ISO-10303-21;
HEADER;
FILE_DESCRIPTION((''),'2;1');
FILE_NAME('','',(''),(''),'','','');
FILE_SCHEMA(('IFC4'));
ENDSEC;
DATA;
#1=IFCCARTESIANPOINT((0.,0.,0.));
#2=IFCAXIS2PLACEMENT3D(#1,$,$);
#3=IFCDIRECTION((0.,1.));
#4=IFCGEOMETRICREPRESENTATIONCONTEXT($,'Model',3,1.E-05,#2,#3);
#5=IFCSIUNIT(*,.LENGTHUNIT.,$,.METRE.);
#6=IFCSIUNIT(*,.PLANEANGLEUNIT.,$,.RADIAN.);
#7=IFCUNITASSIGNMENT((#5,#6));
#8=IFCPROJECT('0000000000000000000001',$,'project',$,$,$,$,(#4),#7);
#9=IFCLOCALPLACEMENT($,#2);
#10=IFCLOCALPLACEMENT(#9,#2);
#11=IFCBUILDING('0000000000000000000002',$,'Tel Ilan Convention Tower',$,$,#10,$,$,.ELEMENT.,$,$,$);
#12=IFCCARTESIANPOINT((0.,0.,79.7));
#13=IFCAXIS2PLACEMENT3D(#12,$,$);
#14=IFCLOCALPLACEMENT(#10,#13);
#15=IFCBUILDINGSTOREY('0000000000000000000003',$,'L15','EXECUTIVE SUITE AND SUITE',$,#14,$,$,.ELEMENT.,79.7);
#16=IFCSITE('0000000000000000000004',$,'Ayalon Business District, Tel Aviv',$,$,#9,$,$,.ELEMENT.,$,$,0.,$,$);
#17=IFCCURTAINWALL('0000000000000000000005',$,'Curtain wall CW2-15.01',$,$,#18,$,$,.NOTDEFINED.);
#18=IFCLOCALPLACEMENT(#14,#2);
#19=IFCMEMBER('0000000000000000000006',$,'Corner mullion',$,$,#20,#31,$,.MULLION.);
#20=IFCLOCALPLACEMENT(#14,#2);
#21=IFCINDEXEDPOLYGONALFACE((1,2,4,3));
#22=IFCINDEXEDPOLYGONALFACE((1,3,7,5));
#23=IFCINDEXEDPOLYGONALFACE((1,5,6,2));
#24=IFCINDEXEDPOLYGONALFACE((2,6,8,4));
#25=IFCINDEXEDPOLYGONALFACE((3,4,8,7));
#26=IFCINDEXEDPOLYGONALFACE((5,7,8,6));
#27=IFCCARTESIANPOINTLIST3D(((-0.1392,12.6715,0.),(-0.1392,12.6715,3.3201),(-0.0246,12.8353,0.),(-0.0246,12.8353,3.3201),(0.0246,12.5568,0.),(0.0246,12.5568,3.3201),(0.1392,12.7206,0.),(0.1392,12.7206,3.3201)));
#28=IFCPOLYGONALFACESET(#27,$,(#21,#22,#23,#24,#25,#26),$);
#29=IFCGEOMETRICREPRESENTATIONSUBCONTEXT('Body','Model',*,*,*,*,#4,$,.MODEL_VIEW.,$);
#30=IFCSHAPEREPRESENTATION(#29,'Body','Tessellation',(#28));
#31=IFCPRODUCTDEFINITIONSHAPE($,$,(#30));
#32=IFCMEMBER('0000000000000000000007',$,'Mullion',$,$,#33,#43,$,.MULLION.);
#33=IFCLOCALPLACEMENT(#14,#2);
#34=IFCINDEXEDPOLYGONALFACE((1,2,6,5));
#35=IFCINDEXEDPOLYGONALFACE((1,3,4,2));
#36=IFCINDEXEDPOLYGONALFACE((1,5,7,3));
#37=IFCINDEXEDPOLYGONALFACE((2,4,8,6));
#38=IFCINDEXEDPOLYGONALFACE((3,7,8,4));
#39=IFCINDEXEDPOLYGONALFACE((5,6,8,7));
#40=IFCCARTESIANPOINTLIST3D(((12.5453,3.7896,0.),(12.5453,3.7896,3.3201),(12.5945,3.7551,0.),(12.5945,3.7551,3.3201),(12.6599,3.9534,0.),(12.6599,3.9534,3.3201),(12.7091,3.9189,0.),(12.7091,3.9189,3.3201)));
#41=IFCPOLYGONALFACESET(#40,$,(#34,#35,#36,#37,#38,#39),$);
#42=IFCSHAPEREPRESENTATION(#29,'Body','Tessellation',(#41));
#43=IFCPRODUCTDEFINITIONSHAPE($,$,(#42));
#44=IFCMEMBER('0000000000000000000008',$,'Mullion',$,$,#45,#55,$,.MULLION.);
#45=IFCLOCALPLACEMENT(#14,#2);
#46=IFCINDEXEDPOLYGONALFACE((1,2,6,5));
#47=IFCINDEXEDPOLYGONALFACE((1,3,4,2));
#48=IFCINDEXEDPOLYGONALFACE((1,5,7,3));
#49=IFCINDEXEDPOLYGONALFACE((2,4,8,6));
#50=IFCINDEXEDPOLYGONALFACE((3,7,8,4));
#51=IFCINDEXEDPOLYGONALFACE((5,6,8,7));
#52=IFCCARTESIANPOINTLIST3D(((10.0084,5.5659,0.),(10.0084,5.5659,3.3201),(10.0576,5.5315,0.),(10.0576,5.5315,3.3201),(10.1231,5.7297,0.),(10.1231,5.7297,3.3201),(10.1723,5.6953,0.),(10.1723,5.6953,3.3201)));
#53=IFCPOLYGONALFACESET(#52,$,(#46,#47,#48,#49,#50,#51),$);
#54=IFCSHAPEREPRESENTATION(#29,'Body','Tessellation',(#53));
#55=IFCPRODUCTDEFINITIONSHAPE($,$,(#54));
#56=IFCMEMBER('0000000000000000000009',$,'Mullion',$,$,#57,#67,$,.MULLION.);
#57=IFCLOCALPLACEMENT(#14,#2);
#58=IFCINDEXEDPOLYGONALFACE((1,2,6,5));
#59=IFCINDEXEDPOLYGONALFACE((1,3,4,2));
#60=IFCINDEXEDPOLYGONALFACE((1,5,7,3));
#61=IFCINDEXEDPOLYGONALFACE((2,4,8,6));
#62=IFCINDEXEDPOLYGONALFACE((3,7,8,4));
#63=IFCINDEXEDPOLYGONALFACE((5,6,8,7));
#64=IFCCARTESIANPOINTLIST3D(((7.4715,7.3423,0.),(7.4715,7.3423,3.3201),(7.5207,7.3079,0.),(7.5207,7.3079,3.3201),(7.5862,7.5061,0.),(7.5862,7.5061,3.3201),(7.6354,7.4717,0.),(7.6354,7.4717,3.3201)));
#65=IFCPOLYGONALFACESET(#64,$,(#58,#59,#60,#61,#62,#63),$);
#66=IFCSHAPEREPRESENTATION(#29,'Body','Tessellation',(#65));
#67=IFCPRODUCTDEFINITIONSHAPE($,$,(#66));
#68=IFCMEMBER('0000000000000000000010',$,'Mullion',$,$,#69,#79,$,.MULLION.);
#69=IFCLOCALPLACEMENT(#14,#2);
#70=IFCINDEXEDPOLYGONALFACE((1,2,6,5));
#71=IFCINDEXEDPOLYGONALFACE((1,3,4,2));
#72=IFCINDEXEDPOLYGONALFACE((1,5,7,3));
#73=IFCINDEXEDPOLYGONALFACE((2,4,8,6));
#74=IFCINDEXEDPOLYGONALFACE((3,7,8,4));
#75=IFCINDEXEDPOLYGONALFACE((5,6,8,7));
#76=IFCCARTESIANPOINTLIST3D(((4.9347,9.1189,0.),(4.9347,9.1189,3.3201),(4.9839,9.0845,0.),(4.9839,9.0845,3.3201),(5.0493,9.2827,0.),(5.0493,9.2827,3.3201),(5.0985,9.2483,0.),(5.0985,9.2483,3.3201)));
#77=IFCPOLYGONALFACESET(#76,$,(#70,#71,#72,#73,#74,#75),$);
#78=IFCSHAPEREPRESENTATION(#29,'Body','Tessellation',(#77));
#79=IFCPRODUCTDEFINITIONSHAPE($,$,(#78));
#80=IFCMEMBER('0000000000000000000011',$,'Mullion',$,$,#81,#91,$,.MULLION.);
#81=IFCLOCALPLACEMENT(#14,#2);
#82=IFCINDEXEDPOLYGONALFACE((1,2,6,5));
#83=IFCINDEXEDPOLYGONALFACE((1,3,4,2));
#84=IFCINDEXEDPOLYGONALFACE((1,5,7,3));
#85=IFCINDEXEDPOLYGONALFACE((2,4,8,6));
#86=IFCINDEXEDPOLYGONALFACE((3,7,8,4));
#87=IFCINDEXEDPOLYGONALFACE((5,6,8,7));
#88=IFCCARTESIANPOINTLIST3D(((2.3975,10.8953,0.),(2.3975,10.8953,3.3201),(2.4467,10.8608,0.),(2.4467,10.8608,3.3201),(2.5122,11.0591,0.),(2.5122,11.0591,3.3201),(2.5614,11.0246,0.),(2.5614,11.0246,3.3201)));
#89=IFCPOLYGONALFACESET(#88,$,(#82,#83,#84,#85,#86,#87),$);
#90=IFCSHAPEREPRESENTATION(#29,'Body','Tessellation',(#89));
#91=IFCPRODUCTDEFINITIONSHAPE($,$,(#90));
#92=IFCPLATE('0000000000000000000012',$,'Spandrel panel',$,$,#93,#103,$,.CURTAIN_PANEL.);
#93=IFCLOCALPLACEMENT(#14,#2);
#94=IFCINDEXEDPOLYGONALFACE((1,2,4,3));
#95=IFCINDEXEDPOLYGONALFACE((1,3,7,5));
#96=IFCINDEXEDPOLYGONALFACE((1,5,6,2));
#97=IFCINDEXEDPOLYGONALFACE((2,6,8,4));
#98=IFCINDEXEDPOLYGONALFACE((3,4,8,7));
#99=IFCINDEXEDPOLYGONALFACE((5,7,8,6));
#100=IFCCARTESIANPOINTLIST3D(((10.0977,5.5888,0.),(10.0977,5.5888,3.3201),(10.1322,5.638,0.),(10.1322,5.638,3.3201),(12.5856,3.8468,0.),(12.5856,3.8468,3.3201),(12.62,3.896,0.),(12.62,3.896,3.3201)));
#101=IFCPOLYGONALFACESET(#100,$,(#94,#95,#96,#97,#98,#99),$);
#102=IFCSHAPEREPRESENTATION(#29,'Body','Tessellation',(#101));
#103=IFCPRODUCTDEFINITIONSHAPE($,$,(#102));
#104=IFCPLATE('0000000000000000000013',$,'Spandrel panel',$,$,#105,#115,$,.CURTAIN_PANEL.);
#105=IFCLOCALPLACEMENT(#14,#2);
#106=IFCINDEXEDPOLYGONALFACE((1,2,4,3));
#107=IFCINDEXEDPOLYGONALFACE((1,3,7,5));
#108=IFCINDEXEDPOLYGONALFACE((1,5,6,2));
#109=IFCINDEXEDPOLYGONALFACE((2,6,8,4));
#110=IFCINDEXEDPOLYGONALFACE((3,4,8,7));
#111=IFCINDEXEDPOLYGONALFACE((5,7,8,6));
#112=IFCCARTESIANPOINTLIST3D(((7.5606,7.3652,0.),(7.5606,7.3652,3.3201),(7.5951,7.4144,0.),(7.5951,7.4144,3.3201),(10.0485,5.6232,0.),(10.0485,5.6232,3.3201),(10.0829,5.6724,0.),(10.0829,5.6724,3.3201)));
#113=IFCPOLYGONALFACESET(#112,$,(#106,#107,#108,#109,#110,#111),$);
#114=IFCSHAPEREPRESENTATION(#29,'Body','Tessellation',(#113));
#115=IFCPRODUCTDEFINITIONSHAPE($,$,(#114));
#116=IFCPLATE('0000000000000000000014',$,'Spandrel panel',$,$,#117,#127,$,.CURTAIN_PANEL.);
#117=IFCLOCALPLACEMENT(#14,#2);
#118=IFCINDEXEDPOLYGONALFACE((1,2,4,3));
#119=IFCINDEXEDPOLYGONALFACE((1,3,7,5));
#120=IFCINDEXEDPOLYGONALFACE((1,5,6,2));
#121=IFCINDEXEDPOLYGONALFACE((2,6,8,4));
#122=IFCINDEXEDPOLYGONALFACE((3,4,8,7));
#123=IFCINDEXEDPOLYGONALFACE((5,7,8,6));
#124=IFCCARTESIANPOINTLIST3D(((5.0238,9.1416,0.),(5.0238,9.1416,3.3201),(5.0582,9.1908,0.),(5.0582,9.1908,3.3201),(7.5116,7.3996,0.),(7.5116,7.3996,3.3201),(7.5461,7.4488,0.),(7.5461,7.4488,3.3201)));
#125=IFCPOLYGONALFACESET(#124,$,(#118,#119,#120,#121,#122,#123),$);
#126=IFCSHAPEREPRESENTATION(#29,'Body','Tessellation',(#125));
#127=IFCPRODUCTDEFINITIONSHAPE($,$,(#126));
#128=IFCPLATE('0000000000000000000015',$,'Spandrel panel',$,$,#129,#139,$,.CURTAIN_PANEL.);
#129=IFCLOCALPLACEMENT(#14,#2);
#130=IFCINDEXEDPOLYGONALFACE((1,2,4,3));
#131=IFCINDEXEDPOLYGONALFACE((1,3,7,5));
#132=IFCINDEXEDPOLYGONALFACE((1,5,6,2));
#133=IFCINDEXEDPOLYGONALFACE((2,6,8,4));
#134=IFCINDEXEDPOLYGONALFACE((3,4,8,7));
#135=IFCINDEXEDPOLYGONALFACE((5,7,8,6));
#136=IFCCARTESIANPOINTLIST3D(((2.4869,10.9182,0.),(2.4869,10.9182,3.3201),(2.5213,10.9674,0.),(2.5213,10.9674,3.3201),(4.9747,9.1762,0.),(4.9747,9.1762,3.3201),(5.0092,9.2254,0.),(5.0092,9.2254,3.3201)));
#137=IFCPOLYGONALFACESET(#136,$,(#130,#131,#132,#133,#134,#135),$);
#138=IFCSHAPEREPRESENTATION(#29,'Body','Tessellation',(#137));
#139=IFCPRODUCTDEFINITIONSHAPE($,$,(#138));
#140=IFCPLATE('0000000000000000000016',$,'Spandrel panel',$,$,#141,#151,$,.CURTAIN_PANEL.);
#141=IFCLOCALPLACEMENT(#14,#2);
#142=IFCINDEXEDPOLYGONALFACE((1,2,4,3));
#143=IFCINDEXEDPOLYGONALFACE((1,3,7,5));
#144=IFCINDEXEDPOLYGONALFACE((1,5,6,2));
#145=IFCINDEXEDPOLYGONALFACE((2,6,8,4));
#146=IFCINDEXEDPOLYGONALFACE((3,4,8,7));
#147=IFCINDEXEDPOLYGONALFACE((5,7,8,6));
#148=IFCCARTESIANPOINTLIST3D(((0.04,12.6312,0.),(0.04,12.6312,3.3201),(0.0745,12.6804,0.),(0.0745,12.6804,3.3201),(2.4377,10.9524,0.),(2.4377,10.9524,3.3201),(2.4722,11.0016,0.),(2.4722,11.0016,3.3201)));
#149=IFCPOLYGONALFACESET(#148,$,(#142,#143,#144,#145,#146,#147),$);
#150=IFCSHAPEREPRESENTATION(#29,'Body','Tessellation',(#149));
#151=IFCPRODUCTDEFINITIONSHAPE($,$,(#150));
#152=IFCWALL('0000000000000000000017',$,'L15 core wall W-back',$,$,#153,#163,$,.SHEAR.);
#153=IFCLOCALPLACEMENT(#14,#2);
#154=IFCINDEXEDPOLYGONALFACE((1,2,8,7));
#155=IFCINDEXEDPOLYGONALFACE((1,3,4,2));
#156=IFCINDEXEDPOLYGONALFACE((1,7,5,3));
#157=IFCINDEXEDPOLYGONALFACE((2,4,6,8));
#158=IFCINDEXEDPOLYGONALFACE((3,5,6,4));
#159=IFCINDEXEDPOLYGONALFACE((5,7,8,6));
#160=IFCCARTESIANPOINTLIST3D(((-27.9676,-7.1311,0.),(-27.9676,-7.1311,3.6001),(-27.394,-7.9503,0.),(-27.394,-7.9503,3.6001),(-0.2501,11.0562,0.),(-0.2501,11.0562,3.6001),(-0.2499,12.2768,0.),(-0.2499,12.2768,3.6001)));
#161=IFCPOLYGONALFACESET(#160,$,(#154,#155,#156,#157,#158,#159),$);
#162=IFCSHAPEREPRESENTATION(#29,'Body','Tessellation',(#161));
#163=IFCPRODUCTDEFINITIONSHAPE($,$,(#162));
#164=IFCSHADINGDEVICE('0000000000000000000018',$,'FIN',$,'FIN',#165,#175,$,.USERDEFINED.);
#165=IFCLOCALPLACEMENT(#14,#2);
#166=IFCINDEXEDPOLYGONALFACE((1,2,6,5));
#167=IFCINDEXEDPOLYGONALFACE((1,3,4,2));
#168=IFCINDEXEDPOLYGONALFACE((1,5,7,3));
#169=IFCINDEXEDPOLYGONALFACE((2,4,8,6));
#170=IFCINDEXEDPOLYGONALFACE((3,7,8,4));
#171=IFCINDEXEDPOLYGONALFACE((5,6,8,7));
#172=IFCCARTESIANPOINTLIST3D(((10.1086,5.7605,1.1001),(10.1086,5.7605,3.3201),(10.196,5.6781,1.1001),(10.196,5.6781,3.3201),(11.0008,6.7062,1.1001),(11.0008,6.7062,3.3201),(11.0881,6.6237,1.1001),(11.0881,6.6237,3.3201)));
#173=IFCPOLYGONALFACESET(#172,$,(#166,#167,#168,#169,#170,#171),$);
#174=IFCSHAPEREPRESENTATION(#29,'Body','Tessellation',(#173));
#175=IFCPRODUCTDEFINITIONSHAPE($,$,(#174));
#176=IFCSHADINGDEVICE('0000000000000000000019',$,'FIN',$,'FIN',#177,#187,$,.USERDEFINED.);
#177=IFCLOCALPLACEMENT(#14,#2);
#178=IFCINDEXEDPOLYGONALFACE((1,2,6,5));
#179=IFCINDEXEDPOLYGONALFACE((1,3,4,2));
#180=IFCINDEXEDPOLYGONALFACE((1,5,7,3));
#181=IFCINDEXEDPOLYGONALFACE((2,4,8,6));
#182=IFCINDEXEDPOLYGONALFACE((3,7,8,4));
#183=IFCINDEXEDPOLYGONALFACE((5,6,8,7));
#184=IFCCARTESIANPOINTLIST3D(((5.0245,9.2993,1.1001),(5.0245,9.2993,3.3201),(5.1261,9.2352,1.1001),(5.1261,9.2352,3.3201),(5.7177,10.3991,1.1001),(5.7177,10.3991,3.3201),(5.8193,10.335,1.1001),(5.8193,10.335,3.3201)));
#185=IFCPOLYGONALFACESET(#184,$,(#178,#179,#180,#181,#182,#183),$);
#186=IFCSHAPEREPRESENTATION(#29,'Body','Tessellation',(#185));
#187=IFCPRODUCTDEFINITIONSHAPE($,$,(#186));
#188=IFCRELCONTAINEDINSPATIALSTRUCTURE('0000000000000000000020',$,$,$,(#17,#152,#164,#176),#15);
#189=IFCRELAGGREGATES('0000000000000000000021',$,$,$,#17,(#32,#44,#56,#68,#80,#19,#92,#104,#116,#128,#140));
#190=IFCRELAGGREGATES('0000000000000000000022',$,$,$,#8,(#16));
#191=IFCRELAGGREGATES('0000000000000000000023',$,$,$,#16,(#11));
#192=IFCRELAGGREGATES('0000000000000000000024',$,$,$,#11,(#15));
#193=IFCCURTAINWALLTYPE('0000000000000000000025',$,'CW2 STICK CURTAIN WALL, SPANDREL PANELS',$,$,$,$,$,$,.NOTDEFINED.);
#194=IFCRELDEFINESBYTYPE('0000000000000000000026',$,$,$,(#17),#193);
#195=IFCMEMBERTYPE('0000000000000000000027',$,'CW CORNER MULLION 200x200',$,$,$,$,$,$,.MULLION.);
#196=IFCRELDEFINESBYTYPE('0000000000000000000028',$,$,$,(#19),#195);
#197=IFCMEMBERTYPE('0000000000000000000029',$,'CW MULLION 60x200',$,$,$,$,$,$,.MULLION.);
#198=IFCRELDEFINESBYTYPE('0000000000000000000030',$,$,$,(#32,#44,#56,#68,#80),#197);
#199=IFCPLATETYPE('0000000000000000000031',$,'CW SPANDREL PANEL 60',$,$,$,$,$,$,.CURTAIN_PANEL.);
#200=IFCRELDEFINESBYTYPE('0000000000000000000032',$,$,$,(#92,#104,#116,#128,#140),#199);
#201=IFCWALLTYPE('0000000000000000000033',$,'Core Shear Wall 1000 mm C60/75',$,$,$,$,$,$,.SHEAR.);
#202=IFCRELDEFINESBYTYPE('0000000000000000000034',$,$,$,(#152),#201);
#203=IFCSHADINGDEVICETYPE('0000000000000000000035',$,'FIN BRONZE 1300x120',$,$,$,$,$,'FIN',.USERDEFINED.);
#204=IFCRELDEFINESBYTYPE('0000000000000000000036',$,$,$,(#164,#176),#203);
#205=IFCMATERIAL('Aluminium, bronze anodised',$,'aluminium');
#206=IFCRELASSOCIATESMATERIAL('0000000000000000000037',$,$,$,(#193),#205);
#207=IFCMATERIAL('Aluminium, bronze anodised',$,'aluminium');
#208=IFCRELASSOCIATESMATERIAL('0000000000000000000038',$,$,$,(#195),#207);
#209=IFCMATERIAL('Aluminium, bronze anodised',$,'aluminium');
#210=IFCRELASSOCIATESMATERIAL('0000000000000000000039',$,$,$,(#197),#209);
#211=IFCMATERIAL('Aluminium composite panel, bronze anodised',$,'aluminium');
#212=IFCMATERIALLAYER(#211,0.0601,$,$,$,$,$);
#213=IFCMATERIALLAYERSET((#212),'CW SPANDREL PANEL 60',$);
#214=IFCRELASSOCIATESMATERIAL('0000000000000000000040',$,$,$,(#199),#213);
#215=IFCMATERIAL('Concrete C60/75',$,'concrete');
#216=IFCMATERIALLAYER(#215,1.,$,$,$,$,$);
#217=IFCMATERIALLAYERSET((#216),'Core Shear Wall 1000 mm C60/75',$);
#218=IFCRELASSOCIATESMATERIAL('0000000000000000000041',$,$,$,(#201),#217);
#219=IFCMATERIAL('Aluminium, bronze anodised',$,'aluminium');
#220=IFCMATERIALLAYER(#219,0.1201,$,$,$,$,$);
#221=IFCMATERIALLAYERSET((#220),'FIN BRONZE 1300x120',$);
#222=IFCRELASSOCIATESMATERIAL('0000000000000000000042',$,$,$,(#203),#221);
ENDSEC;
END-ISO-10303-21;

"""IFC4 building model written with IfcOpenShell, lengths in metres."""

from ifc_helpers import new_model, si_unit, direction, frame, origin, origin_2d, place, context, subcontext, project, spatial, polyline, rectangle, outline, extrude, material, layer, layer_set, material_profile, profile_set, type_object, element, aggregate, save


model = new_model("IFC4")

# Units and contexts
model_context = context("Model", 3, precision=1e-05, world=origin(), true_north=direction((0.0, 1.0)))
body_context = subcontext(model_context, "Body", "Model", "MODEL_VIEW")
ifc_project = project(units=[si_unit("LENGTHUNIT", "METRE"), si_unit("PLANEANGLEUNIT", "RADIAN")], contexts=[model_context])

# Site, building, storey
site_placement = place(None, origin())
site = spatial("IfcSite", under=ifc_project, at=site_placement, Name="Ayalon Business District, Tel Aviv", CompositionType="ELEMENT", RefElevation=0.0)
building_placement = place(site_placement, origin())
building = spatial("IfcBuilding", under=site, at=building_placement, Name="Tel Ilan Convention Tower", CompositionType="ELEMENT")
storey_placement = place(building_placement, frame((0.0, 0.0, 79.7)))
storey = spatial("IfcBuildingStorey", under=building, at=storey_placement, Name="L15", Description="EXECUTIVE SUITE AND SUITE", CompositionType="ELEMENT", Elevation=79.7)

# Curtain wall, members, plates
ifc_material_1 = material(Name="Aluminium, bronze anodised", Category="aluminium")
curtain_wall_type = type_object("IfcCurtainWallType", Name="CW2 STICK CURTAIN WALL, SPANDREL PANELS", PredefinedType="NOTDEFINED", material=ifc_material_1)
curtain_wall_placement = place(storey_placement, origin())
curtain_wall = element("IfcCurtainWall", 1, at=curtain_wall_placement, inside=storey, type_object=curtain_wall_type, Name="Curtain wall CW2-15.01", PredefinedType="NOTDEFINED")
ifc_material_2 = material(Name="Aluminium, bronze anodised", Category="aluminium")
ifc_material_profile_1 = material_profile(ifc_material_2, rectangle(XDim=0.2, YDim=0.2, at=origin_2d()), Name="CW CORNER MULLION 200x200")
ifc_profile_set_1 = profile_set([ifc_material_profile_1], Name="Aluminium, bronze anodised")
member_type_1 = type_object("IfcMemberType", Name="CW CORNER MULLION 200x200", PredefinedType="MULLION", material=ifc_profile_set_1)
member_1_placement = place(storey_placement, frame((0.0, 12.696, 0.0), z_axis=(0.0, 0.0, 1.0), x_axis=(-0.819152, 0.573576, 0.0)))
member_1 = element("IfcMember", 2, at=member_1_placement, type_object=member_type_1, Name="Corner mullion", PredefinedType="MULLION", context=body_context, shape_type="SweptSolid", body=[
    extrude(rectangle(XDim=0.2, YDim=0.2, at=origin_2d()), origin(), (0.0, 0.0, 1.0), 3.3201),
])
ifc_material_3 = material(Name="Aluminium, bronze anodised", Category="aluminium")
ifc_material_profile_2 = material_profile(ifc_material_3, rectangle(XDim=0.0601, YDim=0.2, at=origin_2d()), Name="CW MULLION 60x200")
ifc_profile_set_2 = profile_set([ifc_material_profile_2], Name="Aluminium, bronze anodised")
member_type_2 = type_object("IfcMemberType", Name="CW MULLION 60x200", PredefinedType="MULLION", material=ifc_profile_set_2)
member_2_placement = place(storey_placement, frame((12.6272, 3.8542, 0.0), z_axis=(0.0, 0.0, 1.0), x_axis=(-0.819152, 0.573576, 0.0)))
member_2 = element("IfcMember", 3, at=member_2_placement, type_object=member_type_2, Name="Mullion", PredefinedType="MULLION", context=body_context, shape_type="SweptSolid", body=[
    extrude(rectangle(XDim=0.0601, YDim=0.2, at=origin_2d()), origin(), (0.0, 0.0, 1.0), 3.3201),
])
member_3_placement = place(storey_placement, frame((10.0903, 5.6306, 0.0), z_axis=(0.0, 0.0, 1.0), x_axis=(-0.819152, 0.573576, 0.0)))
member_3 = element("IfcMember", 4, at=member_3_placement, type_object=member_type_2, Name="Mullion", PredefinedType="MULLION", context=body_context, shape_type="SweptSolid", body=[
    extrude(rectangle(XDim=0.0601, YDim=0.2, at=origin_2d()), origin(), (0.0, 0.0, 1.0), 3.3201),
])
member_4_placement = place(storey_placement, frame((7.5535, 7.407, 0.0), z_axis=(0.0, 0.0, 1.0), x_axis=(-0.819152, 0.573576, 0.0)))
member_4 = element("IfcMember", 5, at=member_4_placement, type_object=member_type_2, Name="Mullion", PredefinedType="MULLION", context=body_context, shape_type="SweptSolid", body=[
    extrude(rectangle(XDim=0.0601, YDim=0.2, at=origin_2d()), origin(), (0.0, 0.0, 1.0), 3.3201),
])
member_5_placement = place(storey_placement, frame((5.0166, 9.1836, 0.0), z_axis=(0.0, 0.0, 1.0), x_axis=(-0.819152, 0.573576, 0.0)))
member_5 = element("IfcMember", 6, at=member_5_placement, type_object=member_type_2, Name="Mullion", PredefinedType="MULLION", context=body_context, shape_type="SweptSolid", body=[
    extrude(rectangle(XDim=0.0601, YDim=0.2, at=origin_2d()), origin(), (0.0, 0.0, 1.0), 3.3201),
])
member_6_placement = place(storey_placement, frame((2.4795, 10.96, 0.0), z_axis=(0.0, 0.0, 1.0), x_axis=(-0.819152, 0.573576, 0.0)))
member_6 = element("IfcMember", 7, at=member_6_placement, type_object=member_type_2, Name="Mullion", PredefinedType="MULLION", context=body_context, shape_type="SweptSolid", body=[
    extrude(rectangle(XDim=0.0601, YDim=0.2, at=origin_2d()), origin(), (0.0, 0.0, 1.0), 3.3201),
])
ifc_material_4 = material(Name="Aluminium composite panel, bronze anodised", Category="aluminium")
ifc_layer_1 = layer(ifc_material_4, 0.0601)
ifc_layer_set_1 = layer_set([ifc_layer_1], Name="CW SPANDREL PANEL 60")
plate_type = type_object("IfcPlateType", Name="CW SPANDREL PANEL 60", PredefinedType="CURTAIN_PANEL", material=ifc_layer_set_1)
plate_1_placement = place(storey_placement, frame((11.3589, 4.7424, 0.0), z_axis=(0.0, 0.0, 1.0), x_axis=(-0.819152, 0.573576, 0.0)))
plate_1 = element("IfcPlate", 8, at=plate_1_placement, type_object=plate_type, Name="Spandrel panel", PredefinedType="CURTAIN_PANEL", context=body_context, shape_type="SweptSolid", body=[
    extrude(rectangle(XDim=3.0371, YDim=0.0601, at=origin_2d()), origin(), (0.0, 0.0, 1.0), 3.3201),
])
plate_2_placement = place(storey_placement, frame((8.8218, 6.5188, 0.0), z_axis=(0.0, 0.0, 1.0), x_axis=(-0.819152, 0.573576, 0.0)))
plate_2 = element("IfcPlate", 9, at=plate_2_placement, type_object=plate_type, Name="Spandrel panel", PredefinedType="CURTAIN_PANEL", context=body_context, shape_type="SweptSolid", body=[
    extrude(rectangle(XDim=3.0371, YDim=0.0601, at=origin_2d()), origin(), (0.0, 0.0, 1.0), 3.3201),
])
plate_3_placement = place(storey_placement, frame((6.2849, 8.2952, 0.0), z_axis=(0.0, 0.0, 1.0), x_axis=(-0.819152, 0.573576, 0.0)))
plate_3 = element("IfcPlate", 10, at=plate_3_placement, type_object=plate_type, Name="Spandrel panel", PredefinedType="CURTAIN_PANEL", context=body_context, shape_type="SweptSolid", body=[
    extrude(rectangle(XDim=3.0371, YDim=0.0601, at=origin_2d()), origin(), (0.0, 0.0, 1.0), 3.3201),
])
plate_4_placement = place(storey_placement, frame((3.748, 10.0718, 0.0), z_axis=(0.0, 0.0, 1.0), x_axis=(-0.819152, 0.573576, 0.0)))
plate_4 = element("IfcPlate", 11, at=plate_4_placement, type_object=plate_type, Name="Spandrel panel", PredefinedType="CURTAIN_PANEL", context=body_context, shape_type="SweptSolid", body=[
    extrude(rectangle(XDim=3.0371, YDim=0.0601, at=origin_2d()), origin(), (0.0, 0.0, 1.0), 3.3201),
])
plate_5_placement = place(storey_placement, frame((1.2561, 11.8164, 0.0), z_axis=(0.0, 0.0, 1.0), x_axis=(-0.819152, 0.573576, 0.0)))
plate_5 = element("IfcPlate", 12, at=plate_5_placement, type_object=plate_type, Name="Spandrel panel", PredefinedType="CURTAIN_PANEL", context=body_context, shape_type="SweptSolid", body=[
    extrude(rectangle(XDim=2.927, YDim=0.0601, at=origin_2d()), origin(), (0.0, 0.0, 1.0), 3.3201),
])
aggregate(curtain_wall, [member_2, member_3, member_4, member_5, member_6, member_1, plate_1, plate_2, plate_3, plate_4, plate_5])

# Wall
ifc_material_5 = material(Name="Concrete C60/75", Category="concrete")
ifc_layer_2 = layer(ifc_material_5, 1.0)
ifc_layer_set_2 = layer_set([ifc_layer_2], Name="Core Shear Wall 1000 mm C60/75")
wall_type = type_object("IfcWallType", Name="Core Shear Wall 1000 mm C60/75", PredefinedType="SHEAR", material=ifc_layer_set_2)
wall_placement = place(storey_placement, frame((0.0369, 11.8672, 0.0), z_axis=(0.0, 0.0, 1.0), x_axis=(-0.819155, -0.573572, 0.0)))
element("IfcWall", 13, at=wall_placement, inside=storey, type_object=wall_type, Name="L15 core wall W-back", PredefinedType="SHEAR", context=body_context, shape_type="SweptSolid", body=[
    extrude(outline(polyline([(33.8369, 0.5), (0.7002, 0.4998), (0.0, -0.5), (33.8369, -0.5), (33.8369, 0.5)])), origin(), (0.0, 0.0, 1.0), 3.6001),
])

# Shading devices
ifc_material_6 = material(Name="Aluminium, bronze anodised", Category="aluminium")
ifc_layer_3 = layer(ifc_material_6, 0.1201)
ifc_layer_set_3 = layer_set([ifc_layer_3], Name="FIN BRONZE 1300x120")
shading_device_type = type_object("IfcShadingDeviceType", Name="FIN BRONZE 1300x120", ElementType="FIN", PredefinedType="USERDEFINED", material=ifc_layer_set_3)
for number, where, z_axis, x_axis, name in (
    (14, (10.5984, 6.1921, 1.1001), (0.0, 0.0, 1.0), (0.686242, 0.727374, 0.0), "FIN"),
    (15, (5.4219, 9.8171, 1.1001), (0.0, 0.0, 1.0), (0.533204, 0.845986, 0.0), "FIN"),
):
    element("IfcShadingDevice", number, at=place(storey_placement, frame(where, z_axis=z_axis, x_axis=x_axis)), inside=storey, type_object=shading_device_type, Name=name, ObjectType="FIN", PredefinedType="USERDEFINED", context=body_context, shape_type="SweptSolid", body=[
        extrude(rectangle(XDim=1.3, YDim=0.1201, at=origin_2d()), origin(), (0.0, 0.0, 1.0), 2.22),
    ])

save(model, "model.ifc")
